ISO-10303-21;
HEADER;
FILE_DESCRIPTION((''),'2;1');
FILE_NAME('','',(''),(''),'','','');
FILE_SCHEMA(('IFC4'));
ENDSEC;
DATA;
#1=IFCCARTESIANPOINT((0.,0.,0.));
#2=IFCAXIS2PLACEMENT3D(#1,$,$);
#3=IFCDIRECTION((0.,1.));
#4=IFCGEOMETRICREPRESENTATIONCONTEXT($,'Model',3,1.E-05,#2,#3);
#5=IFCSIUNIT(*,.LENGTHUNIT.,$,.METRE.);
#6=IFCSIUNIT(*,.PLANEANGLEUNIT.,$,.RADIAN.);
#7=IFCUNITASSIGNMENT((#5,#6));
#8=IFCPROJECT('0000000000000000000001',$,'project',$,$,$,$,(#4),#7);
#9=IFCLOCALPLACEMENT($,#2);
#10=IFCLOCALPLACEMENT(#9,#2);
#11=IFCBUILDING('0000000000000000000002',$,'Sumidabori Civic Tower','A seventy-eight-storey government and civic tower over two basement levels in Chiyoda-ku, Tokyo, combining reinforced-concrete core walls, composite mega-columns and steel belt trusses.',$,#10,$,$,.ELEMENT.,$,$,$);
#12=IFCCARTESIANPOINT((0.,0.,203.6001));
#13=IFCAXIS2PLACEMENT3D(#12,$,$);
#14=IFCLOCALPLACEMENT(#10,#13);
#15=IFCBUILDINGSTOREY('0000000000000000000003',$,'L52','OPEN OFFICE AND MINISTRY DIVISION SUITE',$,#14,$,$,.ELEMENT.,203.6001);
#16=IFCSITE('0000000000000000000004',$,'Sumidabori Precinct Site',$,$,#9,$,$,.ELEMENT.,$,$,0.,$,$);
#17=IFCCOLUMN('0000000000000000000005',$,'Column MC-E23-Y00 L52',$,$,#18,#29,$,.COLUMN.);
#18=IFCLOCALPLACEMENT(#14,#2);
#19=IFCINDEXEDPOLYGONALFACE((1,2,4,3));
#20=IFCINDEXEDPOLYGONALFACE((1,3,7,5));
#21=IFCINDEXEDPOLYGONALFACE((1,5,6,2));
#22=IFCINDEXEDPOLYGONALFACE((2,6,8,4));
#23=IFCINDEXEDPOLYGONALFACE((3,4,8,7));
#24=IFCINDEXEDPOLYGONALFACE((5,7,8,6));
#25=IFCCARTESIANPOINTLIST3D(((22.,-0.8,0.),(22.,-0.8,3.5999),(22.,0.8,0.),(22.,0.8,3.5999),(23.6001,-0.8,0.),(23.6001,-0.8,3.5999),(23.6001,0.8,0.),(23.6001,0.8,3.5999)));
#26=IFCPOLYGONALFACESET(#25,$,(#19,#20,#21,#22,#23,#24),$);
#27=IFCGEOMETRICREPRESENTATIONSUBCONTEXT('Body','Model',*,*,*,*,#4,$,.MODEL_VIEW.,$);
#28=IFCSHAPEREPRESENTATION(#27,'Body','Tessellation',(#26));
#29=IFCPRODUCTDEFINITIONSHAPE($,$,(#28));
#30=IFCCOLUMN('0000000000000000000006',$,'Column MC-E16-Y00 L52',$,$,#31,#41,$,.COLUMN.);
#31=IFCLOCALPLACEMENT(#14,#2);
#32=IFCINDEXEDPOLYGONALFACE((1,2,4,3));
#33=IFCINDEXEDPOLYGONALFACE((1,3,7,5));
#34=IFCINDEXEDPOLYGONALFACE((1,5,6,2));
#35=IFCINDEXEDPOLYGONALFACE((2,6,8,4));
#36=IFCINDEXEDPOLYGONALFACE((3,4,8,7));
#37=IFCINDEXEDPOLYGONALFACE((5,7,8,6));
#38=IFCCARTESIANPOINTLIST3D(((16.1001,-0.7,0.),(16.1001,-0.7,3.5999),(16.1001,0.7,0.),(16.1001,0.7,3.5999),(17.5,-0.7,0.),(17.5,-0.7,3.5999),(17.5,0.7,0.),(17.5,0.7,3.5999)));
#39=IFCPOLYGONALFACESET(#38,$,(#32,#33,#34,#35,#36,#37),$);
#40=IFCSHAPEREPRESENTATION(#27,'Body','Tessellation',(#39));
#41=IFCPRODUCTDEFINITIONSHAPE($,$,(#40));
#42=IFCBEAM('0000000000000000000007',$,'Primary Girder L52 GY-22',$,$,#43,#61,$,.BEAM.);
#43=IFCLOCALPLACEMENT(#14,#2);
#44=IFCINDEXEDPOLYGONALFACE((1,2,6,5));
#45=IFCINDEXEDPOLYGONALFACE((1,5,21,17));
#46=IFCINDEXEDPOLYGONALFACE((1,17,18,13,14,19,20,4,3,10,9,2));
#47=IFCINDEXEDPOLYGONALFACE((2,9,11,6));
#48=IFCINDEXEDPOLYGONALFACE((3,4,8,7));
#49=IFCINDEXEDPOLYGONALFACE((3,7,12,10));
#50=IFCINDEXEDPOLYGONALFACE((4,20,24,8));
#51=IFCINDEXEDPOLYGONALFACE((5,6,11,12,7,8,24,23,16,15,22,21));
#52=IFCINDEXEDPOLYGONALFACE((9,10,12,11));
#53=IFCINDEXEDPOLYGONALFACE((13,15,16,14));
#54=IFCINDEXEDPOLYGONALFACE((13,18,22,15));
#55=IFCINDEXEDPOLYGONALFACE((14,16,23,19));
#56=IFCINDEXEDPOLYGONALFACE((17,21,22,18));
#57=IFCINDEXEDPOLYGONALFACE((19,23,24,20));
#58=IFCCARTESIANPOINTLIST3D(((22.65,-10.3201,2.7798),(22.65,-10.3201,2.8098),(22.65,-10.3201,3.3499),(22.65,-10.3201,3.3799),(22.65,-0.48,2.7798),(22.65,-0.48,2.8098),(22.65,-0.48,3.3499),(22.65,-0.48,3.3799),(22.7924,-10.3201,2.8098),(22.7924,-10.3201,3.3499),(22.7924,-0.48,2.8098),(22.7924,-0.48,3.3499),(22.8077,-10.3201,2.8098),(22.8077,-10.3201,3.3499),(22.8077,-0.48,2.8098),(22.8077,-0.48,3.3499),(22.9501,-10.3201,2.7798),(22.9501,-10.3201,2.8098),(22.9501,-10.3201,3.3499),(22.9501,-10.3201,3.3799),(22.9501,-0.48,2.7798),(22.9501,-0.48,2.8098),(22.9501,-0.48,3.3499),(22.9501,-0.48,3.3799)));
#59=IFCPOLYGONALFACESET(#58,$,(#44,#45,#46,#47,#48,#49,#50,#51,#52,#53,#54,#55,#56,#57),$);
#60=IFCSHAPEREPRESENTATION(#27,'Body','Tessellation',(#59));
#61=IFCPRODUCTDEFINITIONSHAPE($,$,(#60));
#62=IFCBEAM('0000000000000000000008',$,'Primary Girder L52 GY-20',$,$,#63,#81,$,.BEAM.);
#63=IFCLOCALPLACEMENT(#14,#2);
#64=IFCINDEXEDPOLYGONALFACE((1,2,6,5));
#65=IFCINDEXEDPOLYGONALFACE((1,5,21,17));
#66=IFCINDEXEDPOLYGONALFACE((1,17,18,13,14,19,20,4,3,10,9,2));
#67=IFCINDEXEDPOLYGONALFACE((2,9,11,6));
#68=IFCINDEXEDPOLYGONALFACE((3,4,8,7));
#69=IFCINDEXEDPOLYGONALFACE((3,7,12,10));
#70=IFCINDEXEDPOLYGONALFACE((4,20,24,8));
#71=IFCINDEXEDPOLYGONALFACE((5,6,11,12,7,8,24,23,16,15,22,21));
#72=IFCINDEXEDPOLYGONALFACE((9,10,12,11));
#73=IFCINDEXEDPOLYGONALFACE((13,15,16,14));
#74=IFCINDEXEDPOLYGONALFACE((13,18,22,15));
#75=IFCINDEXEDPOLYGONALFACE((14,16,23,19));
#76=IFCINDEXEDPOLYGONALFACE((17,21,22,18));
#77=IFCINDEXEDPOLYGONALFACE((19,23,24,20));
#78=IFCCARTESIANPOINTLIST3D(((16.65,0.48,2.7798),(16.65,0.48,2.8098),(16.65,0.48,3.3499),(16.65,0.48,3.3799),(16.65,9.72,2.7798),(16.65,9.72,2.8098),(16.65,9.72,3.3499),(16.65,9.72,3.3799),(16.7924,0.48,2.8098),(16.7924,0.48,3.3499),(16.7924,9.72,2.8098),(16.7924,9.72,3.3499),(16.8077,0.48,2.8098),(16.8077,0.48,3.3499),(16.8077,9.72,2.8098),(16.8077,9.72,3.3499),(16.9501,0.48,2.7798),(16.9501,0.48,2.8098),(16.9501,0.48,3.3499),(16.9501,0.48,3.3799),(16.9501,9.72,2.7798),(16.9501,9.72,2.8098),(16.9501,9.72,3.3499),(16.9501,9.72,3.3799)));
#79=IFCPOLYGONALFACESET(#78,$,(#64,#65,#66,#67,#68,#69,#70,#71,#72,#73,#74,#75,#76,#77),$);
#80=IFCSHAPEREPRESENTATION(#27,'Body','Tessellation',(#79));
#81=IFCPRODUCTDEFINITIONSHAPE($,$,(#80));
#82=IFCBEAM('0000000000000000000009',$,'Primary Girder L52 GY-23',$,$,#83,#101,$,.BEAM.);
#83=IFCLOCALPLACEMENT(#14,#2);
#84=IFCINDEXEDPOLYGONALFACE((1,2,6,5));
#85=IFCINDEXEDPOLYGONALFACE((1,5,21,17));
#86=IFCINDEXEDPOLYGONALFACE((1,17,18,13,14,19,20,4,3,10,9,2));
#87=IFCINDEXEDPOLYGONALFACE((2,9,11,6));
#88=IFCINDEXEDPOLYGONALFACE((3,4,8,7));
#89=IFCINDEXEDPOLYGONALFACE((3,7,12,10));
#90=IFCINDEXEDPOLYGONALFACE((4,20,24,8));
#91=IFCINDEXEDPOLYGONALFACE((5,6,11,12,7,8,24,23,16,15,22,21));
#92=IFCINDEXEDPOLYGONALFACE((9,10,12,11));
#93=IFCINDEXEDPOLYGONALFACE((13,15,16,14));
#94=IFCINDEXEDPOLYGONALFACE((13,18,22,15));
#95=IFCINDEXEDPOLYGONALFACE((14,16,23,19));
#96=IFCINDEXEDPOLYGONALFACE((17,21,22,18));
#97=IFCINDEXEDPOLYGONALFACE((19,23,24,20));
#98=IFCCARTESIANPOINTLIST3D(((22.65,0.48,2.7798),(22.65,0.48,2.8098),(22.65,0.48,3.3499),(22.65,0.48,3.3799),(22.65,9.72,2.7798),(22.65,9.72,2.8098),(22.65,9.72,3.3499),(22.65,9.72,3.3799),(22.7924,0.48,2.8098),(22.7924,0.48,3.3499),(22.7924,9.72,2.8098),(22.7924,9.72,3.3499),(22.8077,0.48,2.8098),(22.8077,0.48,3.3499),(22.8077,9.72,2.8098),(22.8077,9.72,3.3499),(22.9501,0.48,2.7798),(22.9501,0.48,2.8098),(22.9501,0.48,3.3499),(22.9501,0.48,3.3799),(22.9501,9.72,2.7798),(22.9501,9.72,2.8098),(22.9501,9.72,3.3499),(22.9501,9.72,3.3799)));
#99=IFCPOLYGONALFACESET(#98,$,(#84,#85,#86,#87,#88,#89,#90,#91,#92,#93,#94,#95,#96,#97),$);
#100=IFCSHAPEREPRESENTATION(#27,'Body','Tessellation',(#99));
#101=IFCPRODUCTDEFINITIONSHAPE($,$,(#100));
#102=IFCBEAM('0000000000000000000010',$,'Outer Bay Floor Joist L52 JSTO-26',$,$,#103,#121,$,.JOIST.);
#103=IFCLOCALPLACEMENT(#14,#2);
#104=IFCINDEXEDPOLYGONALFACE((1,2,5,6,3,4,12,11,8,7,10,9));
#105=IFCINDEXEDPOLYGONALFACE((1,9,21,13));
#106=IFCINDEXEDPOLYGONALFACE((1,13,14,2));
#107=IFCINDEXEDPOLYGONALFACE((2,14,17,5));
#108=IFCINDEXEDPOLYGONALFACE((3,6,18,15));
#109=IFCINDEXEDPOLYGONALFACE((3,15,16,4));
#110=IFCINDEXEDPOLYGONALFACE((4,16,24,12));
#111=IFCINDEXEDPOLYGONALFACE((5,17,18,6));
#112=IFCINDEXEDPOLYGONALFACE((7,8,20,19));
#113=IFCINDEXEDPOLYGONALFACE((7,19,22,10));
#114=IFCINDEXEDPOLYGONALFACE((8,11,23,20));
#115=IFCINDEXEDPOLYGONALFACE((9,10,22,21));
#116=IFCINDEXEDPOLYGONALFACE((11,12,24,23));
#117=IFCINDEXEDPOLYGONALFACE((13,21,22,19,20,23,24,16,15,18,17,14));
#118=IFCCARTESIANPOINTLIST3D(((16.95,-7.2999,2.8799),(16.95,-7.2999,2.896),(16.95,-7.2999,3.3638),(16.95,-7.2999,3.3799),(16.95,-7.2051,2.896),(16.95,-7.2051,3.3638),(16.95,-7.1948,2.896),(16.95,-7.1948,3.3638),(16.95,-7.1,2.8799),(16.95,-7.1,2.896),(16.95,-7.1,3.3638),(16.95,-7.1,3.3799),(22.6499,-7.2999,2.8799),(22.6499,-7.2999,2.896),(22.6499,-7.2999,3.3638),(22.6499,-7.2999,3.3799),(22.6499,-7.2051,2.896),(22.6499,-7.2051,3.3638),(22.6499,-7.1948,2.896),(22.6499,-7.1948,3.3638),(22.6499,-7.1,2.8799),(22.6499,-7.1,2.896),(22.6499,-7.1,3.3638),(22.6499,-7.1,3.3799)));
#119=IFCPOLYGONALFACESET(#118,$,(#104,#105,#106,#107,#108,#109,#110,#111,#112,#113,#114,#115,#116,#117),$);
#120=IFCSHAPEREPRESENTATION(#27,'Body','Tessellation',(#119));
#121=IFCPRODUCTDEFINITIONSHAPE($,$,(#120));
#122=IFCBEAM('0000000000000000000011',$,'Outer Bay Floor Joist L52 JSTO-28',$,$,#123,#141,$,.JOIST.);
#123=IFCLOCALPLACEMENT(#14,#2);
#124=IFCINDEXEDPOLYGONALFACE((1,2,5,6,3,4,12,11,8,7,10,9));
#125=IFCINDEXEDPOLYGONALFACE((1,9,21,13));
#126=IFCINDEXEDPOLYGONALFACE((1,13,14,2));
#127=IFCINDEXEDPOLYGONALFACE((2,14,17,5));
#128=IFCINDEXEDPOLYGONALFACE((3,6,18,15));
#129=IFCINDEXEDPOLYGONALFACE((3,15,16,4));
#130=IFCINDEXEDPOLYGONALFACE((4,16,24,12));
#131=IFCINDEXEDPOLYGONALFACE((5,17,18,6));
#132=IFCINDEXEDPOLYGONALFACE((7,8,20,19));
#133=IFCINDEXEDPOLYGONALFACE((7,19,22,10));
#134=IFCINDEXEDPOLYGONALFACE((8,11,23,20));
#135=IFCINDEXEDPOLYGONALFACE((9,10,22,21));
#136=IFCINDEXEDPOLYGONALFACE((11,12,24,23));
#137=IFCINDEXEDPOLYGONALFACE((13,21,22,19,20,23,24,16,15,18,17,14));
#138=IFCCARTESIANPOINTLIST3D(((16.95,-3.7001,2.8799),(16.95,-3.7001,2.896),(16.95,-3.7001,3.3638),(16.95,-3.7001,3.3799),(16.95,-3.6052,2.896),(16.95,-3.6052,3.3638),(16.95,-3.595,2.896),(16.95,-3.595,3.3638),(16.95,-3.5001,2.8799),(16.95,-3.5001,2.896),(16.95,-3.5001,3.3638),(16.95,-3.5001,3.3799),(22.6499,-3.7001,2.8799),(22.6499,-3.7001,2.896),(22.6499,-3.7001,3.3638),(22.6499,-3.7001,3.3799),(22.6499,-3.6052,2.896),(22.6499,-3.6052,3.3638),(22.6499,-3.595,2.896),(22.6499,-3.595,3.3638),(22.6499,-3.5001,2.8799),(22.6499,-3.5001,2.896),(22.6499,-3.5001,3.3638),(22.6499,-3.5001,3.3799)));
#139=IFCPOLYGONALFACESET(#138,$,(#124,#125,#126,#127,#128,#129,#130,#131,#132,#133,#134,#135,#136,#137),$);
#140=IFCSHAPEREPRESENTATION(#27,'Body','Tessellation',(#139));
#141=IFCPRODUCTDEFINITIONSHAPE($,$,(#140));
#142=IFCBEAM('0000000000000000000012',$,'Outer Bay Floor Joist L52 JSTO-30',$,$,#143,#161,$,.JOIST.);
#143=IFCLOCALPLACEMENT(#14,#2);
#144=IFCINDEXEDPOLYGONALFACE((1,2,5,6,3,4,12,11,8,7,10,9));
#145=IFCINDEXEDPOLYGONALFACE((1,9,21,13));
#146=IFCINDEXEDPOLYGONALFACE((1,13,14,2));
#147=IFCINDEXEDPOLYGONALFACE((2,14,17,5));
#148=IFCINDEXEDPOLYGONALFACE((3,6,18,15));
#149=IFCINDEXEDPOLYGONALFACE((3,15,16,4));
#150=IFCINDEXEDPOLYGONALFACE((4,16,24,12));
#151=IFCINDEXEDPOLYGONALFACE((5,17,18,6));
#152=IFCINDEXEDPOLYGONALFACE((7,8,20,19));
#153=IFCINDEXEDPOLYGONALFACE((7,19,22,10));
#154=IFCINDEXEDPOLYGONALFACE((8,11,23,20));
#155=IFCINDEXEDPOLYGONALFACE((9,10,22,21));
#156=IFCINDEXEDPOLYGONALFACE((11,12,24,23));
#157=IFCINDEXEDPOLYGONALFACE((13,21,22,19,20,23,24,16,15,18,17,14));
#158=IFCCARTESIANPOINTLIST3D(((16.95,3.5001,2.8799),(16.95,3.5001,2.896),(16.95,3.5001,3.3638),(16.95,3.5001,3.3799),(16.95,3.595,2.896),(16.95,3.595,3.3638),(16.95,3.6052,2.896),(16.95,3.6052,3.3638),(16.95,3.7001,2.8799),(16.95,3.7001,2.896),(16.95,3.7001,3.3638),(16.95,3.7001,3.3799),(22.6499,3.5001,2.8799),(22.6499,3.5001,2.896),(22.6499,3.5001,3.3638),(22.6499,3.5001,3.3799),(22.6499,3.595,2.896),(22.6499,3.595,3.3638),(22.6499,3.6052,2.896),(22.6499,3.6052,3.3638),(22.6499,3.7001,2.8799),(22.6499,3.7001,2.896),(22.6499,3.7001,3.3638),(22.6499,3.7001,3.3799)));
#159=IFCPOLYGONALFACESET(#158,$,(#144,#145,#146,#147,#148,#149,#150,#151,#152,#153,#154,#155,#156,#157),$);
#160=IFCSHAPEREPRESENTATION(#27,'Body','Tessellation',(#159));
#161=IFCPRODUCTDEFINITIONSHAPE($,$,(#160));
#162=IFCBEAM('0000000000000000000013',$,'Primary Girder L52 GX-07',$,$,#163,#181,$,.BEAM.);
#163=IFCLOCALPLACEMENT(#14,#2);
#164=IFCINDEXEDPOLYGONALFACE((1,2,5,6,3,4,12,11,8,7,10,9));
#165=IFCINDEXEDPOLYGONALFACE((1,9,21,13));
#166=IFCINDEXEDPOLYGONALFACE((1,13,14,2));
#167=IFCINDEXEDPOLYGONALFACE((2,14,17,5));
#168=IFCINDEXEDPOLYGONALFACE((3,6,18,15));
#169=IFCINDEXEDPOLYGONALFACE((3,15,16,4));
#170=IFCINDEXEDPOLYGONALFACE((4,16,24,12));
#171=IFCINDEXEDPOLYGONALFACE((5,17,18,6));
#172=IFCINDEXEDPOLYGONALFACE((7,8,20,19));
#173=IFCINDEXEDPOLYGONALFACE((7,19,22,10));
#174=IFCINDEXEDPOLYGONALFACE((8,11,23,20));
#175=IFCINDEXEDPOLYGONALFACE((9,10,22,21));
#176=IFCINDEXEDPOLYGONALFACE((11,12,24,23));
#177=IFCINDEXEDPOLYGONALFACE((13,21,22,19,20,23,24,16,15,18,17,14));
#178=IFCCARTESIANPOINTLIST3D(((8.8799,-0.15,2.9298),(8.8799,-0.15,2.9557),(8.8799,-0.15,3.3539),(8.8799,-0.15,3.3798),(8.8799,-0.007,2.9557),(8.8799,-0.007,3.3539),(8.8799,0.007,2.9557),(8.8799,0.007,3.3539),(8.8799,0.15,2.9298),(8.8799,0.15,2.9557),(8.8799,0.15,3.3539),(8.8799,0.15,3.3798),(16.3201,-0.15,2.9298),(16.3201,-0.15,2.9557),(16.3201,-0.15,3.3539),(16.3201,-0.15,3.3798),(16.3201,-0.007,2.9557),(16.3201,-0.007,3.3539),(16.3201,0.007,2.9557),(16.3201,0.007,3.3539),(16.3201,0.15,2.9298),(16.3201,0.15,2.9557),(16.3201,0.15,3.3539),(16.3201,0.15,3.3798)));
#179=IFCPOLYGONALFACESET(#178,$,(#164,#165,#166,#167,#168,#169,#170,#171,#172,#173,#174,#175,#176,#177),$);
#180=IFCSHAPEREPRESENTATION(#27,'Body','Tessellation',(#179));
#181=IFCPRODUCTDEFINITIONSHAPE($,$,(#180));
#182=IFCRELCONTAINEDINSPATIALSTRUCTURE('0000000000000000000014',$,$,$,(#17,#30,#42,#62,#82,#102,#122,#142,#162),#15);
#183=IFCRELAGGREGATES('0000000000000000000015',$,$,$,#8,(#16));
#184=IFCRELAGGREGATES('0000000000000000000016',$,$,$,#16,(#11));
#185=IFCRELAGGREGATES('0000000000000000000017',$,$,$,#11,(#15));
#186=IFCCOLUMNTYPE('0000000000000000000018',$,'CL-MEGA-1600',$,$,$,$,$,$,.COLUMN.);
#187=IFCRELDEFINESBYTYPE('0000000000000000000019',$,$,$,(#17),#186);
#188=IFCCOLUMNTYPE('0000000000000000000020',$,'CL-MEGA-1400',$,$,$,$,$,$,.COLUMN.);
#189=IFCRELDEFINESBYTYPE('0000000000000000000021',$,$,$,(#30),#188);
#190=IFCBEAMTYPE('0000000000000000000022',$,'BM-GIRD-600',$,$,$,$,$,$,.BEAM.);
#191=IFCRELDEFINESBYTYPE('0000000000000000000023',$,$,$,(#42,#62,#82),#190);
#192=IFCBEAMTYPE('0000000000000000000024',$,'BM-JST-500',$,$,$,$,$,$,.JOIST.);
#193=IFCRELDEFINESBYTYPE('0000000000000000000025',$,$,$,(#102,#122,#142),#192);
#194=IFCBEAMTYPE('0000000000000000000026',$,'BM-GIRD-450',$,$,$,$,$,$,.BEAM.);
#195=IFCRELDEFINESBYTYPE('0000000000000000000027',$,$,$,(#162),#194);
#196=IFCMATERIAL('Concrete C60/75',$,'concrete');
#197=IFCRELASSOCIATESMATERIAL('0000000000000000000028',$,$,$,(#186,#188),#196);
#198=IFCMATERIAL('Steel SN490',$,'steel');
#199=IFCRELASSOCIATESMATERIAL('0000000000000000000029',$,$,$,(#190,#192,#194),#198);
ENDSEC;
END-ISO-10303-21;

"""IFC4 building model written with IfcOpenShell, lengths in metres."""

from ifc_helpers import new_model, si_unit, direction, frame, origin, origin_2d, place, context, subcontext, project, spatial, rectangle, i_section, extrude, source, transform, mapped, material, material_profile, profile_set, type_object, element, save


model = new_model("IFC4")

# Units and contexts
model_context = context("Model", 3, precision=1e-05, world=origin(), true_north=direction((0.0, 1.0)))
body_context = subcontext(model_context, "Body", "Model", "MODEL_VIEW")
ifc_project = project(units=[si_unit("LENGTHUNIT", "METRE"), si_unit("PLANEANGLEUNIT", "RADIAN")], contexts=[model_context])

# Site, building, storey
site_placement = place(None, origin())
site = spatial("IfcSite", under=ifc_project, at=site_placement, Name="Sumidabori Precinct Site", CompositionType="ELEMENT", RefElevation=0.0)
building_placement = place(site_placement, origin())
building = spatial("IfcBuilding", under=site, at=building_placement, Name="Sumidabori Civic Tower", Description="A seventy-eight-storey government and civic tower over two basement levels in Chiyoda-ku, Tokyo, combining reinforced-concrete core walls, composite mega-columns and steel belt trusses.", CompositionType="ELEMENT")
storey_placement = place(building_placement, frame((0.0, 0.0, 203.6001)))
storey = spatial("IfcBuildingStorey", under=building, at=storey_placement, Name="L52", Description="OPEN OFFICE AND MINISTRY DIVISION SUITE", CompositionType="ELEMENT", Elevation=203.6001)

# Columns
ifc_material_1 = material(Name="Concrete C60/75", Category="concrete")
ifc_material_profile_1 = material_profile(ifc_material_1, rectangle(XDim=1.6001, YDim=1.6001, at=origin_2d()), Name="RC 1600x1600")
ifc_profile_set_1 = profile_set([ifc_material_profile_1], Name="Concrete C60/75")
column_type_1 = type_object("IfcColumnType", Name="CL-MEGA-1600", PredefinedType="COLUMN", material=ifc_profile_set_1)
shared_shape_1 = source(origin(), body_context, "Body", "SweptSolid", [
    extrude(rectangle(XDim=1.6001, YDim=1.6001, at=origin_2d()), origin(), (0.0, 0.0, 1.0), 3.5999),
])
column_1_placement = place(storey_placement, frame((22.8, 0.0, 0.0), z_axis=(0.0, 0.0, 1.0), x_axis=(1.0, 0.0, 0.0)))
element("IfcColumn", 1, at=column_1_placement, inside=storey, type_object=column_type_1, Name="Column MC-E23-Y00 L52", PredefinedType="COLUMN", context=body_context, shape_type="MappedRepresentation", body=[
    mapped(shared_shape_1, transform((0.0, 0.0, 0.0), x_axis=(1.0, 0.0, 0.0), y_axis=(0.0, 1.0, 0.0), z_axis=(0.0, 0.0, 1.0), scale=1.0)),
])
ifc_material_profile_2 = material_profile(ifc_material_1, rectangle(XDim=1.3999, YDim=1.3999, at=origin_2d()), Name="RC 1400x1400")
ifc_profile_set_2 = profile_set([ifc_material_profile_2], Name="Concrete C60/75")
column_type_2 = type_object("IfcColumnType", Name="CL-MEGA-1400", PredefinedType="COLUMN", material=ifc_profile_set_2)
shared_shape_2 = source(origin(), body_context, "Body", "SweptSolid", [
    extrude(rectangle(XDim=1.3999, YDim=1.3999, at=origin_2d()), origin(), (0.0, 0.0, 1.0), 3.5999),
])
column_2_placement = place(storey_placement, frame((16.8, 0.0, 0.0), z_axis=(0.0, 0.0, 1.0), x_axis=(1.0, 0.0, 0.0)))
element("IfcColumn", 2, at=column_2_placement, inside=storey, type_object=column_type_2, Name="Column MC-E16-Y00 L52", PredefinedType="COLUMN", context=body_context, shape_type="MappedRepresentation", body=[
    mapped(shared_shape_2, transform((0.0, 0.0, 0.0), x_axis=(1.0, 0.0, 0.0), y_axis=(0.0, 1.0, 0.0), z_axis=(0.0, 0.0, 1.0), scale=1.0)),
])

# Beams
ifc_material_2 = material(Name="Steel SN490", Category="steel")
ifc_material_profile_3 = material_profile(ifc_material_2, i_section(OverallWidth=0.3, OverallDepth=0.6001, WebThickness=0.0154, FlangeThickness=0.03, at=origin_2d()), Name="HE 600 B")
ifc_profile_set_3 = profile_set([ifc_material_profile_3], Name="Steel SN490")
beam_type_1 = type_object("IfcBeamType", Name="BM-GIRD-600", PredefinedType="BEAM", material=ifc_profile_set_3)
shared_shape_3 = source(origin(), body_context, "Body", "SweptSolid", [
    extrude(i_section(OverallWidth=0.3, OverallDepth=0.6001, WebThickness=0.0154, FlangeThickness=0.03, at=origin_2d()), origin(), (0.0, 0.0, 1.0), 9.8401),
])
beam_1_placement = place(storey_placement, frame((22.8, -10.3201, 3.0798), z_axis=(0.0, 1.0, 0.0), x_axis=(-1.0, 0.0, 0.0)))
element("IfcBeam", 3, at=beam_1_placement, inside=storey, type_object=beam_type_1, Name="Primary Girder L52 GY-22", PredefinedType="BEAM", context=body_context, shape_type="MappedRepresentation", body=[
    mapped(shared_shape_3, transform((0.0, 0.0, 0.0), x_axis=(1.0, 0.0, 0.0), y_axis=(0.0, 1.0, 0.0), z_axis=(0.0, 0.0, 1.0), scale=1.0)),
])
shared_shape_4 = source(origin(), body_context, "Body", "SweptSolid", [
    extrude(i_section(OverallWidth=0.3, OverallDepth=0.6001, WebThickness=0.0154, FlangeThickness=0.03, at=origin_2d()), origin(), (0.0, 0.0, 1.0), 9.24),
])
for number, where, z_axis, x_axis, name in (
    (4, (16.8, 0.48, 3.0798), (0.0, 1.0, 0.0), (-1.0, 0.0, 0.0), "Primary Girder L52 GY-20"),
    (5, (22.8, 0.48, 3.0798), (0.0, 1.0, 0.0), (-1.0, 0.0, 0.0), "Primary Girder L52 GY-23"),
):
    element("IfcBeam", number, at=place(storey_placement, frame(where, z_axis=z_axis, x_axis=x_axis)), inside=storey, type_object=beam_type_1, Name=name, PredefinedType="BEAM", context=body_context, shape_type="MappedRepresentation", body=[
        mapped(shared_shape_4, transform((0.0, 0.0, 0.0), x_axis=(1.0, 0.0, 0.0), y_axis=(0.0, 1.0, 0.0), z_axis=(0.0, 0.0, 1.0), scale=1.0)),
    ])
ifc_material_profile_4 = material_profile(ifc_material_2, i_section(OverallWidth=0.2, OverallDepth=0.5, WebThickness=0.0103, FlangeThickness=0.0161, at=origin_2d()), Name="IPE 500")
ifc_profile_set_4 = profile_set([ifc_material_profile_4], Name="Steel SN490")
beam_type_2 = type_object("IfcBeamType", Name="BM-JST-500", PredefinedType="JOIST", material=ifc_profile_set_4)
shared_shape_5 = source(origin(), body_context, "Body", "SweptSolid", [
    extrude(i_section(OverallWidth=0.2, OverallDepth=0.5, WebThickness=0.0103, FlangeThickness=0.0161, at=origin_2d()), origin(), (0.0, 0.0, 1.0), 5.7),
])
for number, where, z_axis, x_axis, name in (
    (6, (16.95, -7.2, 3.1299), (1.0, 0.0, 0.0), (0.0, 1.0, 0.0), "Outer Bay Floor Joist L52 JSTO-26"),
    (7, (16.95, -3.6001, 3.1299), (1.0, 0.0, 0.0), (0.0, 1.0, 0.0), "Outer Bay Floor Joist L52 JSTO-28"),
    (8, (16.95, 3.6001, 3.1299), (1.0, 0.0, 0.0), (0.0, 1.0, 0.0), "Outer Bay Floor Joist L52 JSTO-30"),
):
    element("IfcBeam", number, at=place(storey_placement, frame(where, z_axis=z_axis, x_axis=x_axis)), inside=storey, type_object=beam_type_2, Name=name, PredefinedType="JOIST", context=body_context, shape_type="MappedRepresentation", body=[
        mapped(shared_shape_5, transform((0.0, 0.0, 0.0), x_axis=(1.0, 0.0, 0.0), y_axis=(0.0, 1.0, 0.0), z_axis=(0.0, 0.0, 1.0), scale=1.0)),
    ])
ifc_material_profile_5 = material_profile(ifc_material_2, i_section(OverallWidth=0.3, OverallDepth=0.45, WebThickness=0.0139, FlangeThickness=0.0259, at=origin_2d()), Name="HE 450 B")
ifc_profile_set_5 = profile_set([ifc_material_profile_5], Name="Steel SN490")
beam_type_3 = type_object("IfcBeamType", Name="BM-GIRD-450", PredefinedType="BEAM", material=ifc_profile_set_5)
shared_shape_6 = source(origin(), body_context, "Body", "SweptSolid", [
    extrude(i_section(OverallWidth=0.3, OverallDepth=0.45, WebThickness=0.0139, FlangeThickness=0.0259, at=origin_2d()), origin(), (0.0, 0.0, 1.0), 7.4402),
])
beam_2_placement = place(storey_placement, frame((8.8799, 0.0, 3.1548), z_axis=(1.0, 0.0, 0.0), x_axis=(0.0, 1.0, 0.0)))
element("IfcBeam", 9, at=beam_2_placement, inside=storey, type_object=beam_type_3, Name="Primary Girder L52 GX-07", PredefinedType="BEAM", context=body_context, shape_type="MappedRepresentation", body=[
    mapped(shared_shape_6, transform((0.0, 0.0, 0.0), x_axis=(1.0, 0.0, 0.0), y_axis=(0.0, 1.0, 0.0), z_axis=(0.0, 0.0, 1.0), scale=1.0)),
])

save(model, "model.ifc")
